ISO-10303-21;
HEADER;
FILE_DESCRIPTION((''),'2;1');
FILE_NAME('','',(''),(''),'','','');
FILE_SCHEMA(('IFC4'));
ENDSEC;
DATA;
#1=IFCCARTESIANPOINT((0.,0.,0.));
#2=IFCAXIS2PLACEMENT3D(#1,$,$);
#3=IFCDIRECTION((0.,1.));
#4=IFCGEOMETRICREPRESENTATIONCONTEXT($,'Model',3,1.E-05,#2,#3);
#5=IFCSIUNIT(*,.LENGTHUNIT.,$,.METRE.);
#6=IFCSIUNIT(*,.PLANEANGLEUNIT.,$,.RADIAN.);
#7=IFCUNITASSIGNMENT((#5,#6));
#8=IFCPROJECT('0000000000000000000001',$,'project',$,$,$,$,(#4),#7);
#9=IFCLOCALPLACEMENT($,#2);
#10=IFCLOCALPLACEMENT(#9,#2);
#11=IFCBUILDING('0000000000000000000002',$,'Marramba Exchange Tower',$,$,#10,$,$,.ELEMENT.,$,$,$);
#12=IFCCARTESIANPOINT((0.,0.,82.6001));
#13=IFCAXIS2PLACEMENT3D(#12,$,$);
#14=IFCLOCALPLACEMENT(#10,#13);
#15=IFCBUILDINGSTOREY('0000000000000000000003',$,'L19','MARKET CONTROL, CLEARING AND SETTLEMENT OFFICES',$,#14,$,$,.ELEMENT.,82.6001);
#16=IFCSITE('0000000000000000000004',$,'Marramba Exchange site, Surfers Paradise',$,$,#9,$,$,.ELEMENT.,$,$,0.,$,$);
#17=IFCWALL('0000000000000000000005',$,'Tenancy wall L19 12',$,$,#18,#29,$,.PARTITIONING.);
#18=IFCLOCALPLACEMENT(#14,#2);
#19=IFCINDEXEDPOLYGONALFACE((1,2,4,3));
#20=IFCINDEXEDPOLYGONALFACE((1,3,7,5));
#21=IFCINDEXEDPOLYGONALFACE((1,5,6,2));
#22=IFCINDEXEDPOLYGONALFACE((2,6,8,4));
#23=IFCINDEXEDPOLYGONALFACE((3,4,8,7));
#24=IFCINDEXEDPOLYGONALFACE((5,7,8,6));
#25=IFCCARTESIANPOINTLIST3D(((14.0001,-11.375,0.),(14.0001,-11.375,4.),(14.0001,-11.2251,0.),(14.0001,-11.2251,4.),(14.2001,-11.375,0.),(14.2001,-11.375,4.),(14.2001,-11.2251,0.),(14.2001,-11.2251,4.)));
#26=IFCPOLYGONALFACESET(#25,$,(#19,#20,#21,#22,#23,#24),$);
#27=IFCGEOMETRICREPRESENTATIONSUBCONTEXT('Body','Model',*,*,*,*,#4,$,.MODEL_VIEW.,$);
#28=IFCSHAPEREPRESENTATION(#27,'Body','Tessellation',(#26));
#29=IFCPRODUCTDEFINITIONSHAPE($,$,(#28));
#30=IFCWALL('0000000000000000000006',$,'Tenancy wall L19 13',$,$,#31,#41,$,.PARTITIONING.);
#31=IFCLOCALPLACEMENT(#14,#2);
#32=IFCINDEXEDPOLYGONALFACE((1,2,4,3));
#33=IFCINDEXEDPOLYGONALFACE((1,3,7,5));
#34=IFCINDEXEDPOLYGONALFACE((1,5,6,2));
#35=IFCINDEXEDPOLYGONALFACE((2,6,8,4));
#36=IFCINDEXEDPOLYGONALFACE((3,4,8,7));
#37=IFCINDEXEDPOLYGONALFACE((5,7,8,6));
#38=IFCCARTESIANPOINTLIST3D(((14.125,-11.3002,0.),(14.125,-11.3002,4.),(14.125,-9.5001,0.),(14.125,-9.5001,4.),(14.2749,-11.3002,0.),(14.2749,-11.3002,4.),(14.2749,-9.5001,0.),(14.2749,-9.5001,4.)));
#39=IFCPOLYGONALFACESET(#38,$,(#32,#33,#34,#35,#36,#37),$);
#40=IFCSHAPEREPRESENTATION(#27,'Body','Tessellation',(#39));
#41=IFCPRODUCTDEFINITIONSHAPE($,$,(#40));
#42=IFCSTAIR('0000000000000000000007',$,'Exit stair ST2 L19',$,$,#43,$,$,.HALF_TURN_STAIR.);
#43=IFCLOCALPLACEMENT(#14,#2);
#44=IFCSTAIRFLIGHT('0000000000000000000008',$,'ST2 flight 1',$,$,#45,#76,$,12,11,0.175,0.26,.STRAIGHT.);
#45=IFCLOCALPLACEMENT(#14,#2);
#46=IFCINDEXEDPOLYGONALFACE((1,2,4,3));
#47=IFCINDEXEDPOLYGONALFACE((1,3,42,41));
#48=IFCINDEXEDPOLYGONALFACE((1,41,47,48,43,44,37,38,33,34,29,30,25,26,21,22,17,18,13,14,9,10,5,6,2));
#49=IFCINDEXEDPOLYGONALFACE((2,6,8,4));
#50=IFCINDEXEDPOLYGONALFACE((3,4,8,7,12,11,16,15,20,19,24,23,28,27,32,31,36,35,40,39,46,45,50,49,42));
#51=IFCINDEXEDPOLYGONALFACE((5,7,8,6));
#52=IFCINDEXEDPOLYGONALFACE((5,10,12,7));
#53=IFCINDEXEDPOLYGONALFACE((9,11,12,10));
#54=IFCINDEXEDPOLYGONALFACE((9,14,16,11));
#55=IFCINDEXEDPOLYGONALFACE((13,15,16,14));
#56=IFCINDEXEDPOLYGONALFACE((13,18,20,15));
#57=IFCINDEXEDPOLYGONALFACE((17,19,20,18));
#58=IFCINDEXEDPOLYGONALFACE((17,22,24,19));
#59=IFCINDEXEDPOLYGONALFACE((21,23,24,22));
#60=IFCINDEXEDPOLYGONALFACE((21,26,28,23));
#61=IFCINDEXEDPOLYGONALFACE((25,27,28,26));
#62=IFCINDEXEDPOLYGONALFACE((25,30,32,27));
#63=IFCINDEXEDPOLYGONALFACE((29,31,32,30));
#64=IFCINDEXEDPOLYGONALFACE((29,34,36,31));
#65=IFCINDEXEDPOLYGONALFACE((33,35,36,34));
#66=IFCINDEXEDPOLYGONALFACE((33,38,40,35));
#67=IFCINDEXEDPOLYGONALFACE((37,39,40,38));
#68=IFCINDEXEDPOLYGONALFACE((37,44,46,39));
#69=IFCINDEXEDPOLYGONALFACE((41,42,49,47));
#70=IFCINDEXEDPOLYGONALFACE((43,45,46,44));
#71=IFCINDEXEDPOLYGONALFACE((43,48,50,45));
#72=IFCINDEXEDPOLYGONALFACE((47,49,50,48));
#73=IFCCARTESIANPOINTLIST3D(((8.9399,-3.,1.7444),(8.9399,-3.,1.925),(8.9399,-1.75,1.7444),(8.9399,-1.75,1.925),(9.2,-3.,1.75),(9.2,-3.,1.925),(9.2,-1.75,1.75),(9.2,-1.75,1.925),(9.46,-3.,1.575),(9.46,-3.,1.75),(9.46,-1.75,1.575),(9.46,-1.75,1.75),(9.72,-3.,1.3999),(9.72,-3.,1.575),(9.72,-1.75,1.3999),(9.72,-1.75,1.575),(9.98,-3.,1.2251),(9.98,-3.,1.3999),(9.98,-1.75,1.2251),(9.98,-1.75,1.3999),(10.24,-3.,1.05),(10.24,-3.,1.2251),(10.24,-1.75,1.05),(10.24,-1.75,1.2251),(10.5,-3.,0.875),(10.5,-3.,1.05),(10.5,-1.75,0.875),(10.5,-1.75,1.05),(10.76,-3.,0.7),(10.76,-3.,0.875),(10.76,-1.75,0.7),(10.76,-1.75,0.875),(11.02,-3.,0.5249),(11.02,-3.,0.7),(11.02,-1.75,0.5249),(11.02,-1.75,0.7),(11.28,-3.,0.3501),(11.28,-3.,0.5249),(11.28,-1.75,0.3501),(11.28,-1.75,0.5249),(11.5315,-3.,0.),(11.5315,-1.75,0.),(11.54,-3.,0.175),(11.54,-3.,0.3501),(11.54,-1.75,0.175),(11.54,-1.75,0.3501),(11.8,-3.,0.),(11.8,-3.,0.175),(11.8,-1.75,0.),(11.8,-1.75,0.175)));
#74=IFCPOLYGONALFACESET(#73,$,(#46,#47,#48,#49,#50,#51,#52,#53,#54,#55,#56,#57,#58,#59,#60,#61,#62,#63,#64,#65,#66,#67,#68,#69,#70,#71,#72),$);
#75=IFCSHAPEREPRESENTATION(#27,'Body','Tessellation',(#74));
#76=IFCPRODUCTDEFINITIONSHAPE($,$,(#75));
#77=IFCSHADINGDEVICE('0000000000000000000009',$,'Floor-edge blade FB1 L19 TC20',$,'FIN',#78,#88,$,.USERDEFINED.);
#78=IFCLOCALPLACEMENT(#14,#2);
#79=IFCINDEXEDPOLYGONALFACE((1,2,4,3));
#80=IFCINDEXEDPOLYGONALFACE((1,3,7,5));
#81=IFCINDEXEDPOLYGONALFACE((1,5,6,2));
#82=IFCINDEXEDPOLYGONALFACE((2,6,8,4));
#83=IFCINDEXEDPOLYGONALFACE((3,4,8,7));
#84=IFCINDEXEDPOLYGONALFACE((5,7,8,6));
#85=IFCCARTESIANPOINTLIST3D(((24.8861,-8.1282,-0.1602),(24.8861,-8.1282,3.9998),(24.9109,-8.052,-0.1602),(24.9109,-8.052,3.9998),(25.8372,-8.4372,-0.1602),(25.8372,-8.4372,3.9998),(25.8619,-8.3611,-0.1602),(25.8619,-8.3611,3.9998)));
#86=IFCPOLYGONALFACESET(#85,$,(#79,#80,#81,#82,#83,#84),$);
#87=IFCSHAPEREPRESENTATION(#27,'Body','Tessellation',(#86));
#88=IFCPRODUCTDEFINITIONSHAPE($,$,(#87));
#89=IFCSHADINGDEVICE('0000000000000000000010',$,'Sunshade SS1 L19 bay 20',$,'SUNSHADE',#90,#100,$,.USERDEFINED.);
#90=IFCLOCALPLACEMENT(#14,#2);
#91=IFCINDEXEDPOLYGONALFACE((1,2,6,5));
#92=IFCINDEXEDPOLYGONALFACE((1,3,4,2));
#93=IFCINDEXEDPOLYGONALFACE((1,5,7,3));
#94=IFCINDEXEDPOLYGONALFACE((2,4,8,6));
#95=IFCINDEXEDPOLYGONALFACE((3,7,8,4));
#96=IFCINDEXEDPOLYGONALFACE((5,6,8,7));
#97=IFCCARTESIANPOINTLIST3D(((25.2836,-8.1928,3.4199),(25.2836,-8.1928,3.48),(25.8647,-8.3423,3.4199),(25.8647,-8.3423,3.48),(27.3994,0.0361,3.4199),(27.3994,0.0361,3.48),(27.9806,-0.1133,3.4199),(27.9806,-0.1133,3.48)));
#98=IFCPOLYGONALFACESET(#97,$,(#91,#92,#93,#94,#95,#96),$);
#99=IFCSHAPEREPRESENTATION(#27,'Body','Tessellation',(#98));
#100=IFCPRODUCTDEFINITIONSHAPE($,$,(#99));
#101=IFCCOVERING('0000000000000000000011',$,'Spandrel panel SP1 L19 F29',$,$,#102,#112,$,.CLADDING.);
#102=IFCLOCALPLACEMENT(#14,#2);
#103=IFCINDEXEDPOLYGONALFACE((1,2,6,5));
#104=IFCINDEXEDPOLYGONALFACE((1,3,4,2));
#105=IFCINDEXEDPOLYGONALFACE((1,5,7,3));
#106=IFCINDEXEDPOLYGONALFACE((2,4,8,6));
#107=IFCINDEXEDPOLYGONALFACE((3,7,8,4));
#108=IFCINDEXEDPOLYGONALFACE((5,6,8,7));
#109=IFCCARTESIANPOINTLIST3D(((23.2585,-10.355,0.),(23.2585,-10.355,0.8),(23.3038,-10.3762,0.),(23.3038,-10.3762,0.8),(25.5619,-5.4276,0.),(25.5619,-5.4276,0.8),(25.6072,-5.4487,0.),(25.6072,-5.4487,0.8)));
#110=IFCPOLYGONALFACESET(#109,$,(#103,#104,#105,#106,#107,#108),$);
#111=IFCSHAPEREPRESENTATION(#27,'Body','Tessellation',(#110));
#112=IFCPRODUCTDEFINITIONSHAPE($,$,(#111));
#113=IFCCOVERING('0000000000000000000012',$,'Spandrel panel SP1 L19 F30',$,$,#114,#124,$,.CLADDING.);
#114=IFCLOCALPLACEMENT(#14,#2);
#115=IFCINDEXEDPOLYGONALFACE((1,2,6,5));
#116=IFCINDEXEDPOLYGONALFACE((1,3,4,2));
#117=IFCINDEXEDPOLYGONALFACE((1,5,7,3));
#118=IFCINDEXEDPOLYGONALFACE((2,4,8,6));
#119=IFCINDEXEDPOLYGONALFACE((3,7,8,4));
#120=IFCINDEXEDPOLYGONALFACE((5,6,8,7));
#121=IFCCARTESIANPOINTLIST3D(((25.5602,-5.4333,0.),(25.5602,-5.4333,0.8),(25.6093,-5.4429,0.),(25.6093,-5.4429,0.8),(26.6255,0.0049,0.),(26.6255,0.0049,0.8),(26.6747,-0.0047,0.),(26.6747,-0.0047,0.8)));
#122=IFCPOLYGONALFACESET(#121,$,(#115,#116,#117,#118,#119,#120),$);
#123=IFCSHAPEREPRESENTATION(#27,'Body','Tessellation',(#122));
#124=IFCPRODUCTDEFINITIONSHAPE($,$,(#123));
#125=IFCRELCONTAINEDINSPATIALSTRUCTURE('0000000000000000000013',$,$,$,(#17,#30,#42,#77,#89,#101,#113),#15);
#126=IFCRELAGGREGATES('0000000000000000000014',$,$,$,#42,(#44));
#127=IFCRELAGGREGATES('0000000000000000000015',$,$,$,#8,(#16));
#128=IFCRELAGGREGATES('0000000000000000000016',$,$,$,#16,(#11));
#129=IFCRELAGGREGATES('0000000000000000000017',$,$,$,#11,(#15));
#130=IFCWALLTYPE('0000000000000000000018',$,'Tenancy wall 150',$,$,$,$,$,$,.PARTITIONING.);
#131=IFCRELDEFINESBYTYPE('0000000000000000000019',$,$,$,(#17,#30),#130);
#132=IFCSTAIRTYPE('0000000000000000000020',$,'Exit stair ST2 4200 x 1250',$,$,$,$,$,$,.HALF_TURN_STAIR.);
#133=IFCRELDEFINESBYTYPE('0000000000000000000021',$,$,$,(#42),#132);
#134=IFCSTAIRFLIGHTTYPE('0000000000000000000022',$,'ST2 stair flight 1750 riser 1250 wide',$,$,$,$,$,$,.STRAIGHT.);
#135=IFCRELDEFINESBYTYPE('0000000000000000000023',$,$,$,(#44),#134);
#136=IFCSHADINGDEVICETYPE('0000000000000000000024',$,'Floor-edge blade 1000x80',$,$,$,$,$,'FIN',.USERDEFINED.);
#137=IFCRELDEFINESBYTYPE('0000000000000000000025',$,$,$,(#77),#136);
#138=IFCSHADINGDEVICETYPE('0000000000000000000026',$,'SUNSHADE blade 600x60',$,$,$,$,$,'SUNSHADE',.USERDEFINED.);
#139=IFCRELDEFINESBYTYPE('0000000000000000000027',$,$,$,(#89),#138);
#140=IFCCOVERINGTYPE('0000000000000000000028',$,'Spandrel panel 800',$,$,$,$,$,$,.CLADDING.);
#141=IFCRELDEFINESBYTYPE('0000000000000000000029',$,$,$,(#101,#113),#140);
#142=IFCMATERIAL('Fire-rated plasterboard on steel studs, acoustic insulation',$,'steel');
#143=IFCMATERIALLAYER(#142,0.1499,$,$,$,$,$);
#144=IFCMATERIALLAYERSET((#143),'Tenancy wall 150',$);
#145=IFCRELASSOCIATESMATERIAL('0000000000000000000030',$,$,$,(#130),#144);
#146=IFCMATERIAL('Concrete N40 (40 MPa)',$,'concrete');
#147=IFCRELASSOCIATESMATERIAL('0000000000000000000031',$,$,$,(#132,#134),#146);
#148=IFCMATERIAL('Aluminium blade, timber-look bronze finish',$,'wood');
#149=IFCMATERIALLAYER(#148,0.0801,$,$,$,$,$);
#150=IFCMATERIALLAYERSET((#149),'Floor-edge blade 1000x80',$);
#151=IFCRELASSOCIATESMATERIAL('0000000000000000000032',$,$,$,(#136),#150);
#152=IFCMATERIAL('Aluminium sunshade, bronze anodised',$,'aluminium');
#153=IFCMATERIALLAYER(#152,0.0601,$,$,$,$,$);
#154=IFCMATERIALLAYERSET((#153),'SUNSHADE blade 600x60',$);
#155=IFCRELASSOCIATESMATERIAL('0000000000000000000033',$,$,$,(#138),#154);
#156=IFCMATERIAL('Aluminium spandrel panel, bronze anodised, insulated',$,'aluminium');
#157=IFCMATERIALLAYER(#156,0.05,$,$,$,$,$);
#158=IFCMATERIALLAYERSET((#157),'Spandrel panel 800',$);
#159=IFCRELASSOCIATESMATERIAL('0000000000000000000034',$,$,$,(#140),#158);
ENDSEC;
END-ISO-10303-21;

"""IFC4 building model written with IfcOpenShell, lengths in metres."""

from ifc_helpers import new_model, si_unit, direction, frame, frame_2d, origin, origin_2d, place, context, subcontext, project, spatial, polyline, rectangle, outline, extrude, material, layer, layer_set, type_object, element, aggregate, save


model = new_model("IFC4")

# Units and contexts
model_context = context("Model", 3, precision=1e-05, world=origin(), true_north=direction((0.0, 1.0)))
body_context = subcontext(model_context, "Body", "Model", "MODEL_VIEW")
ifc_project = project(units=[si_unit("LENGTHUNIT", "METRE"), si_unit("PLANEANGLEUNIT", "RADIAN")], contexts=[model_context])

# Site, building, storey
site_placement = place(None, origin())
site = spatial("IfcSite", under=ifc_project, at=site_placement, Name="Marramba Exchange site, Surfers Paradise", CompositionType="ELEMENT", RefElevation=0.0)
building_placement = place(site_placement, origin())
building = spatial("IfcBuilding", under=site, at=building_placement, Name="Marramba Exchange Tower", CompositionType="ELEMENT")
storey_placement = place(building_placement, frame((0.0, 0.0, 82.6001)))
storey = spatial("IfcBuildingStorey", under=building, at=storey_placement, Name="L19", Description="MARKET CONTROL, CLEARING AND SETTLEMENT OFFICES", CompositionType="ELEMENT", Elevation=82.6001)

# Walls
ifc_material_1 = material(Name="Fire-rated plasterboard on steel studs, acoustic insulation", Category="steel")
ifc_layer_1 = layer(ifc_material_1, 0.1499)
ifc_layer_set_1 = layer_set([ifc_layer_1], Name="Tenancy wall 150")
wall_type_1 = type_object("IfcWallType", Name="Tenancy wall 150", PredefinedType="PARTITIONING", material=ifc_layer_set_1)
wall_1_placement = place(storey_placement, frame((14.0, -11.3, 0.0), z_axis=(0.0, 0.0, 1.0), x_axis=(1.0, 0.0, 0.0)))
element("IfcWall", 1, at=wall_1_placement, inside=storey, type_object=wall_type_1, Name="Tenancy wall L19 12", PredefinedType="PARTITIONING", context=body_context, shape_type="SweptSolid", body=[
    extrude(rectangle(XDim=0.2, YDim=0.1499, at=frame_2d((0.1001, 0.0))), origin(), (0.0, 0.0, 1.0), 4.0),
])
wall_2_placement = place(storey_placement, frame((14.2, -11.3, 0.0), z_axis=(0.0, 0.0, 1.0), x_axis=(0.0, 1.0, 0.0)))
element("IfcWall", 2, at=wall_2_placement, inside=storey, type_object=wall_type_1, Name="Tenancy wall L19 13", PredefinedType="PARTITIONING", context=body_context, shape_type="SweptSolid", body=[
    extrude(rectangle(XDim=1.8, YDim=0.1499, at=frame_2d((0.8999, 0.0))), origin(), (0.0, 0.0, 1.0), 4.0),
])

# Stair, stair flight
ifc_material_2 = material(Name="Concrete N40 (40 MPa)", Category="concrete")
stair_type = type_object("IfcStairType", Name="Exit stair ST2 4200 x 1250", PredefinedType="HALF_TURN_STAIR", material=ifc_material_2)
stair_placement = place(storey_placement, origin())
stair = element("IfcStair", 3, at=stair_placement, inside=storey, type_object=stair_type, Name="Exit stair ST2 L19", PredefinedType="HALF_TURN_STAIR")
stair_flight_type = type_object("IfcStairFlightType", Name="ST2 stair flight 1750 riser 1250 wide", PredefinedType="STRAIGHT", material=ifc_material_2)
stair_flight_placement = place(storey_placement, frame((11.8, -2.375, 0.0), z_axis=(0.0, 0.0, 1.0), x_axis=(-1.0, 0.0, 0.0)))
stair_flight = element("IfcStairFlight", 4, at=stair_flight_placement, type_object=stair_flight_type, Name="ST2 flight 1", NumberOfRisers=12, NumberOfTreads=11, PredefinedType="STRAIGHT", RiserHeight=0.175, TreadLength=0.26, context=body_context, shape_type="SweptSolid", body=[
    extrude(outline(polyline([(0.0, 0.0), (0.0, 0.175), (0.26, 0.175), (0.26, 0.3501), (0.52, 0.3501), (0.52, 0.5249), (0.78, 0.5249), (0.78, 0.7), (1.04, 0.7), (1.04, 0.875), (1.3, 0.875), (1.3, 1.05), (1.5601, 1.05), (1.5601, 1.2251), (1.8201, 1.2251), (1.8201, 1.3999), (2.0801, 1.3999), (2.0801, 1.575), (2.3401, 1.575), (2.3401, 1.75), (2.6001, 1.75), (2.6001, 1.925), (2.8601, 1.925), (2.8601, 2.1001), (2.8601, 1.7444), (0.2686, 0.0), (0.0, 0.0)])), frame((0.0, 0.625, 0.0), z_axis=(0.0, -1.0, 0.0), x_axis=(1.0, 0.0, 0.0)), (0.0, 0.0, 1.0), 1.25),
])
aggregate(stair, [stair_flight])

# Shading devices
ifc_material_3 = material(Name="Aluminium blade, timber-look bronze finish", Category="wood")
ifc_layer_2 = layer(ifc_material_3, 0.0801)
ifc_layer_set_2 = layer_set([ifc_layer_2], Name="Floor-edge blade 1000x80")
shading_device_type_1 = type_object("IfcShadingDeviceType", Name="Floor-edge blade 1000x80", ElementType="FIN", PredefinedType="USERDEFINED", material=ifc_layer_set_2)
shading_device_1_placement = place(storey_placement, frame((25.374, -8.2446, -0.1602), z_axis=(0.0, 0.0, 1.0), x_axis=(0.951057, -0.309017, 0.0)))
element("IfcShadingDevice", 5, at=shading_device_1_placement, inside=storey, type_object=shading_device_type_1, Name="Floor-edge blade FB1 L19 TC20", ObjectType="FIN", PredefinedType="USERDEFINED", context=body_context, shape_type="SweptSolid", body=[
    extrude(rectangle(XDim=1.0, YDim=0.0801, at=origin_2d()), origin(), (0.0, 0.0, 1.0), 4.1599),
])
ifc_material_4 = material(Name="Aluminium sunshade, bronze anodised", Category="aluminium")
ifc_layer_3 = layer(ifc_material_4, 0.0601)
ifc_layer_set_3 = layer_set([ifc_layer_3], Name="SUNSHADE blade 600x60")
shading_device_type_2 = type_object("IfcShadingDeviceType", Name="SUNSHADE blade 600x60", ElementType="SUNSHADE", PredefinedType="USERDEFINED", material=ifc_layer_set_3)
shading_device_2_placement = place(storey_placement, frame((26.6321, -4.1531, 3.4199), z_axis=(0.0, 0.0, 1.0), x_axis=(0.249025, 0.968497, 0.0)))
element("IfcShadingDevice", 6, at=shading_device_2_placement, inside=storey, type_object=shading_device_type_2, Name="Sunshade SS1 L19 bay 20", ObjectType="SUNSHADE", PredefinedType="USERDEFINED", context=body_context, shape_type="SweptSolid", body=[
    extrude(rectangle(XDim=8.4966, YDim=0.6001, at=origin_2d()), origin(), (0.0, 0.0, 1.0), 0.0601),
])

# Coverings
ifc_material_5 = material(Name="Aluminium spandrel panel, bronze anodised, insulated", Category="aluminium")
ifc_layer_4 = layer(ifc_material_5, 0.05)
ifc_layer_set_4 = layer_set([ifc_layer_4], Name="Spandrel panel 800")
covering_type = type_object("IfcCoveringType", Name="Spandrel panel 800", PredefinedType="CLADDING", material=ifc_layer_set_4)
covering_1_placement = place(storey_placement, frame((24.4329, -7.9019, 0.0), z_axis=(0.0, 0.0, 1.0), x_axis=(0.423477, 0.905907, 0.0)))
element("IfcCovering", 7, at=covering_1_placement, inside=storey, type_object=covering_type, Name="Spandrel panel SP1 L19 F29", PredefinedType="CLADDING", context=body_context, shape_type="SweptSolid", body=[
    extrude(rectangle(XDim=5.4392, YDim=0.05, at=origin_2d()), origin(), (0.0, 0.0, 1.0), 0.8),
])
covering_2_placement = place(storey_placement, frame((26.1174, -2.719, 0.0), z_axis=(0.0, 0.0, 1.0), x_axis=(0.192249, 0.981346, 0.0)))
element("IfcCovering", 8, at=covering_2_placement, inside=storey, type_object=covering_type, Name="Spandrel panel SP1 L19 F30", PredefinedType="CLADDING", context=body_context, shape_type="SweptSolid", body=[
    extrude(rectangle(XDim=5.5415, YDim=0.05, at=origin_2d()), origin(), (0.0, 0.0, 1.0), 0.8),
])

save(model, "model.ifc")
